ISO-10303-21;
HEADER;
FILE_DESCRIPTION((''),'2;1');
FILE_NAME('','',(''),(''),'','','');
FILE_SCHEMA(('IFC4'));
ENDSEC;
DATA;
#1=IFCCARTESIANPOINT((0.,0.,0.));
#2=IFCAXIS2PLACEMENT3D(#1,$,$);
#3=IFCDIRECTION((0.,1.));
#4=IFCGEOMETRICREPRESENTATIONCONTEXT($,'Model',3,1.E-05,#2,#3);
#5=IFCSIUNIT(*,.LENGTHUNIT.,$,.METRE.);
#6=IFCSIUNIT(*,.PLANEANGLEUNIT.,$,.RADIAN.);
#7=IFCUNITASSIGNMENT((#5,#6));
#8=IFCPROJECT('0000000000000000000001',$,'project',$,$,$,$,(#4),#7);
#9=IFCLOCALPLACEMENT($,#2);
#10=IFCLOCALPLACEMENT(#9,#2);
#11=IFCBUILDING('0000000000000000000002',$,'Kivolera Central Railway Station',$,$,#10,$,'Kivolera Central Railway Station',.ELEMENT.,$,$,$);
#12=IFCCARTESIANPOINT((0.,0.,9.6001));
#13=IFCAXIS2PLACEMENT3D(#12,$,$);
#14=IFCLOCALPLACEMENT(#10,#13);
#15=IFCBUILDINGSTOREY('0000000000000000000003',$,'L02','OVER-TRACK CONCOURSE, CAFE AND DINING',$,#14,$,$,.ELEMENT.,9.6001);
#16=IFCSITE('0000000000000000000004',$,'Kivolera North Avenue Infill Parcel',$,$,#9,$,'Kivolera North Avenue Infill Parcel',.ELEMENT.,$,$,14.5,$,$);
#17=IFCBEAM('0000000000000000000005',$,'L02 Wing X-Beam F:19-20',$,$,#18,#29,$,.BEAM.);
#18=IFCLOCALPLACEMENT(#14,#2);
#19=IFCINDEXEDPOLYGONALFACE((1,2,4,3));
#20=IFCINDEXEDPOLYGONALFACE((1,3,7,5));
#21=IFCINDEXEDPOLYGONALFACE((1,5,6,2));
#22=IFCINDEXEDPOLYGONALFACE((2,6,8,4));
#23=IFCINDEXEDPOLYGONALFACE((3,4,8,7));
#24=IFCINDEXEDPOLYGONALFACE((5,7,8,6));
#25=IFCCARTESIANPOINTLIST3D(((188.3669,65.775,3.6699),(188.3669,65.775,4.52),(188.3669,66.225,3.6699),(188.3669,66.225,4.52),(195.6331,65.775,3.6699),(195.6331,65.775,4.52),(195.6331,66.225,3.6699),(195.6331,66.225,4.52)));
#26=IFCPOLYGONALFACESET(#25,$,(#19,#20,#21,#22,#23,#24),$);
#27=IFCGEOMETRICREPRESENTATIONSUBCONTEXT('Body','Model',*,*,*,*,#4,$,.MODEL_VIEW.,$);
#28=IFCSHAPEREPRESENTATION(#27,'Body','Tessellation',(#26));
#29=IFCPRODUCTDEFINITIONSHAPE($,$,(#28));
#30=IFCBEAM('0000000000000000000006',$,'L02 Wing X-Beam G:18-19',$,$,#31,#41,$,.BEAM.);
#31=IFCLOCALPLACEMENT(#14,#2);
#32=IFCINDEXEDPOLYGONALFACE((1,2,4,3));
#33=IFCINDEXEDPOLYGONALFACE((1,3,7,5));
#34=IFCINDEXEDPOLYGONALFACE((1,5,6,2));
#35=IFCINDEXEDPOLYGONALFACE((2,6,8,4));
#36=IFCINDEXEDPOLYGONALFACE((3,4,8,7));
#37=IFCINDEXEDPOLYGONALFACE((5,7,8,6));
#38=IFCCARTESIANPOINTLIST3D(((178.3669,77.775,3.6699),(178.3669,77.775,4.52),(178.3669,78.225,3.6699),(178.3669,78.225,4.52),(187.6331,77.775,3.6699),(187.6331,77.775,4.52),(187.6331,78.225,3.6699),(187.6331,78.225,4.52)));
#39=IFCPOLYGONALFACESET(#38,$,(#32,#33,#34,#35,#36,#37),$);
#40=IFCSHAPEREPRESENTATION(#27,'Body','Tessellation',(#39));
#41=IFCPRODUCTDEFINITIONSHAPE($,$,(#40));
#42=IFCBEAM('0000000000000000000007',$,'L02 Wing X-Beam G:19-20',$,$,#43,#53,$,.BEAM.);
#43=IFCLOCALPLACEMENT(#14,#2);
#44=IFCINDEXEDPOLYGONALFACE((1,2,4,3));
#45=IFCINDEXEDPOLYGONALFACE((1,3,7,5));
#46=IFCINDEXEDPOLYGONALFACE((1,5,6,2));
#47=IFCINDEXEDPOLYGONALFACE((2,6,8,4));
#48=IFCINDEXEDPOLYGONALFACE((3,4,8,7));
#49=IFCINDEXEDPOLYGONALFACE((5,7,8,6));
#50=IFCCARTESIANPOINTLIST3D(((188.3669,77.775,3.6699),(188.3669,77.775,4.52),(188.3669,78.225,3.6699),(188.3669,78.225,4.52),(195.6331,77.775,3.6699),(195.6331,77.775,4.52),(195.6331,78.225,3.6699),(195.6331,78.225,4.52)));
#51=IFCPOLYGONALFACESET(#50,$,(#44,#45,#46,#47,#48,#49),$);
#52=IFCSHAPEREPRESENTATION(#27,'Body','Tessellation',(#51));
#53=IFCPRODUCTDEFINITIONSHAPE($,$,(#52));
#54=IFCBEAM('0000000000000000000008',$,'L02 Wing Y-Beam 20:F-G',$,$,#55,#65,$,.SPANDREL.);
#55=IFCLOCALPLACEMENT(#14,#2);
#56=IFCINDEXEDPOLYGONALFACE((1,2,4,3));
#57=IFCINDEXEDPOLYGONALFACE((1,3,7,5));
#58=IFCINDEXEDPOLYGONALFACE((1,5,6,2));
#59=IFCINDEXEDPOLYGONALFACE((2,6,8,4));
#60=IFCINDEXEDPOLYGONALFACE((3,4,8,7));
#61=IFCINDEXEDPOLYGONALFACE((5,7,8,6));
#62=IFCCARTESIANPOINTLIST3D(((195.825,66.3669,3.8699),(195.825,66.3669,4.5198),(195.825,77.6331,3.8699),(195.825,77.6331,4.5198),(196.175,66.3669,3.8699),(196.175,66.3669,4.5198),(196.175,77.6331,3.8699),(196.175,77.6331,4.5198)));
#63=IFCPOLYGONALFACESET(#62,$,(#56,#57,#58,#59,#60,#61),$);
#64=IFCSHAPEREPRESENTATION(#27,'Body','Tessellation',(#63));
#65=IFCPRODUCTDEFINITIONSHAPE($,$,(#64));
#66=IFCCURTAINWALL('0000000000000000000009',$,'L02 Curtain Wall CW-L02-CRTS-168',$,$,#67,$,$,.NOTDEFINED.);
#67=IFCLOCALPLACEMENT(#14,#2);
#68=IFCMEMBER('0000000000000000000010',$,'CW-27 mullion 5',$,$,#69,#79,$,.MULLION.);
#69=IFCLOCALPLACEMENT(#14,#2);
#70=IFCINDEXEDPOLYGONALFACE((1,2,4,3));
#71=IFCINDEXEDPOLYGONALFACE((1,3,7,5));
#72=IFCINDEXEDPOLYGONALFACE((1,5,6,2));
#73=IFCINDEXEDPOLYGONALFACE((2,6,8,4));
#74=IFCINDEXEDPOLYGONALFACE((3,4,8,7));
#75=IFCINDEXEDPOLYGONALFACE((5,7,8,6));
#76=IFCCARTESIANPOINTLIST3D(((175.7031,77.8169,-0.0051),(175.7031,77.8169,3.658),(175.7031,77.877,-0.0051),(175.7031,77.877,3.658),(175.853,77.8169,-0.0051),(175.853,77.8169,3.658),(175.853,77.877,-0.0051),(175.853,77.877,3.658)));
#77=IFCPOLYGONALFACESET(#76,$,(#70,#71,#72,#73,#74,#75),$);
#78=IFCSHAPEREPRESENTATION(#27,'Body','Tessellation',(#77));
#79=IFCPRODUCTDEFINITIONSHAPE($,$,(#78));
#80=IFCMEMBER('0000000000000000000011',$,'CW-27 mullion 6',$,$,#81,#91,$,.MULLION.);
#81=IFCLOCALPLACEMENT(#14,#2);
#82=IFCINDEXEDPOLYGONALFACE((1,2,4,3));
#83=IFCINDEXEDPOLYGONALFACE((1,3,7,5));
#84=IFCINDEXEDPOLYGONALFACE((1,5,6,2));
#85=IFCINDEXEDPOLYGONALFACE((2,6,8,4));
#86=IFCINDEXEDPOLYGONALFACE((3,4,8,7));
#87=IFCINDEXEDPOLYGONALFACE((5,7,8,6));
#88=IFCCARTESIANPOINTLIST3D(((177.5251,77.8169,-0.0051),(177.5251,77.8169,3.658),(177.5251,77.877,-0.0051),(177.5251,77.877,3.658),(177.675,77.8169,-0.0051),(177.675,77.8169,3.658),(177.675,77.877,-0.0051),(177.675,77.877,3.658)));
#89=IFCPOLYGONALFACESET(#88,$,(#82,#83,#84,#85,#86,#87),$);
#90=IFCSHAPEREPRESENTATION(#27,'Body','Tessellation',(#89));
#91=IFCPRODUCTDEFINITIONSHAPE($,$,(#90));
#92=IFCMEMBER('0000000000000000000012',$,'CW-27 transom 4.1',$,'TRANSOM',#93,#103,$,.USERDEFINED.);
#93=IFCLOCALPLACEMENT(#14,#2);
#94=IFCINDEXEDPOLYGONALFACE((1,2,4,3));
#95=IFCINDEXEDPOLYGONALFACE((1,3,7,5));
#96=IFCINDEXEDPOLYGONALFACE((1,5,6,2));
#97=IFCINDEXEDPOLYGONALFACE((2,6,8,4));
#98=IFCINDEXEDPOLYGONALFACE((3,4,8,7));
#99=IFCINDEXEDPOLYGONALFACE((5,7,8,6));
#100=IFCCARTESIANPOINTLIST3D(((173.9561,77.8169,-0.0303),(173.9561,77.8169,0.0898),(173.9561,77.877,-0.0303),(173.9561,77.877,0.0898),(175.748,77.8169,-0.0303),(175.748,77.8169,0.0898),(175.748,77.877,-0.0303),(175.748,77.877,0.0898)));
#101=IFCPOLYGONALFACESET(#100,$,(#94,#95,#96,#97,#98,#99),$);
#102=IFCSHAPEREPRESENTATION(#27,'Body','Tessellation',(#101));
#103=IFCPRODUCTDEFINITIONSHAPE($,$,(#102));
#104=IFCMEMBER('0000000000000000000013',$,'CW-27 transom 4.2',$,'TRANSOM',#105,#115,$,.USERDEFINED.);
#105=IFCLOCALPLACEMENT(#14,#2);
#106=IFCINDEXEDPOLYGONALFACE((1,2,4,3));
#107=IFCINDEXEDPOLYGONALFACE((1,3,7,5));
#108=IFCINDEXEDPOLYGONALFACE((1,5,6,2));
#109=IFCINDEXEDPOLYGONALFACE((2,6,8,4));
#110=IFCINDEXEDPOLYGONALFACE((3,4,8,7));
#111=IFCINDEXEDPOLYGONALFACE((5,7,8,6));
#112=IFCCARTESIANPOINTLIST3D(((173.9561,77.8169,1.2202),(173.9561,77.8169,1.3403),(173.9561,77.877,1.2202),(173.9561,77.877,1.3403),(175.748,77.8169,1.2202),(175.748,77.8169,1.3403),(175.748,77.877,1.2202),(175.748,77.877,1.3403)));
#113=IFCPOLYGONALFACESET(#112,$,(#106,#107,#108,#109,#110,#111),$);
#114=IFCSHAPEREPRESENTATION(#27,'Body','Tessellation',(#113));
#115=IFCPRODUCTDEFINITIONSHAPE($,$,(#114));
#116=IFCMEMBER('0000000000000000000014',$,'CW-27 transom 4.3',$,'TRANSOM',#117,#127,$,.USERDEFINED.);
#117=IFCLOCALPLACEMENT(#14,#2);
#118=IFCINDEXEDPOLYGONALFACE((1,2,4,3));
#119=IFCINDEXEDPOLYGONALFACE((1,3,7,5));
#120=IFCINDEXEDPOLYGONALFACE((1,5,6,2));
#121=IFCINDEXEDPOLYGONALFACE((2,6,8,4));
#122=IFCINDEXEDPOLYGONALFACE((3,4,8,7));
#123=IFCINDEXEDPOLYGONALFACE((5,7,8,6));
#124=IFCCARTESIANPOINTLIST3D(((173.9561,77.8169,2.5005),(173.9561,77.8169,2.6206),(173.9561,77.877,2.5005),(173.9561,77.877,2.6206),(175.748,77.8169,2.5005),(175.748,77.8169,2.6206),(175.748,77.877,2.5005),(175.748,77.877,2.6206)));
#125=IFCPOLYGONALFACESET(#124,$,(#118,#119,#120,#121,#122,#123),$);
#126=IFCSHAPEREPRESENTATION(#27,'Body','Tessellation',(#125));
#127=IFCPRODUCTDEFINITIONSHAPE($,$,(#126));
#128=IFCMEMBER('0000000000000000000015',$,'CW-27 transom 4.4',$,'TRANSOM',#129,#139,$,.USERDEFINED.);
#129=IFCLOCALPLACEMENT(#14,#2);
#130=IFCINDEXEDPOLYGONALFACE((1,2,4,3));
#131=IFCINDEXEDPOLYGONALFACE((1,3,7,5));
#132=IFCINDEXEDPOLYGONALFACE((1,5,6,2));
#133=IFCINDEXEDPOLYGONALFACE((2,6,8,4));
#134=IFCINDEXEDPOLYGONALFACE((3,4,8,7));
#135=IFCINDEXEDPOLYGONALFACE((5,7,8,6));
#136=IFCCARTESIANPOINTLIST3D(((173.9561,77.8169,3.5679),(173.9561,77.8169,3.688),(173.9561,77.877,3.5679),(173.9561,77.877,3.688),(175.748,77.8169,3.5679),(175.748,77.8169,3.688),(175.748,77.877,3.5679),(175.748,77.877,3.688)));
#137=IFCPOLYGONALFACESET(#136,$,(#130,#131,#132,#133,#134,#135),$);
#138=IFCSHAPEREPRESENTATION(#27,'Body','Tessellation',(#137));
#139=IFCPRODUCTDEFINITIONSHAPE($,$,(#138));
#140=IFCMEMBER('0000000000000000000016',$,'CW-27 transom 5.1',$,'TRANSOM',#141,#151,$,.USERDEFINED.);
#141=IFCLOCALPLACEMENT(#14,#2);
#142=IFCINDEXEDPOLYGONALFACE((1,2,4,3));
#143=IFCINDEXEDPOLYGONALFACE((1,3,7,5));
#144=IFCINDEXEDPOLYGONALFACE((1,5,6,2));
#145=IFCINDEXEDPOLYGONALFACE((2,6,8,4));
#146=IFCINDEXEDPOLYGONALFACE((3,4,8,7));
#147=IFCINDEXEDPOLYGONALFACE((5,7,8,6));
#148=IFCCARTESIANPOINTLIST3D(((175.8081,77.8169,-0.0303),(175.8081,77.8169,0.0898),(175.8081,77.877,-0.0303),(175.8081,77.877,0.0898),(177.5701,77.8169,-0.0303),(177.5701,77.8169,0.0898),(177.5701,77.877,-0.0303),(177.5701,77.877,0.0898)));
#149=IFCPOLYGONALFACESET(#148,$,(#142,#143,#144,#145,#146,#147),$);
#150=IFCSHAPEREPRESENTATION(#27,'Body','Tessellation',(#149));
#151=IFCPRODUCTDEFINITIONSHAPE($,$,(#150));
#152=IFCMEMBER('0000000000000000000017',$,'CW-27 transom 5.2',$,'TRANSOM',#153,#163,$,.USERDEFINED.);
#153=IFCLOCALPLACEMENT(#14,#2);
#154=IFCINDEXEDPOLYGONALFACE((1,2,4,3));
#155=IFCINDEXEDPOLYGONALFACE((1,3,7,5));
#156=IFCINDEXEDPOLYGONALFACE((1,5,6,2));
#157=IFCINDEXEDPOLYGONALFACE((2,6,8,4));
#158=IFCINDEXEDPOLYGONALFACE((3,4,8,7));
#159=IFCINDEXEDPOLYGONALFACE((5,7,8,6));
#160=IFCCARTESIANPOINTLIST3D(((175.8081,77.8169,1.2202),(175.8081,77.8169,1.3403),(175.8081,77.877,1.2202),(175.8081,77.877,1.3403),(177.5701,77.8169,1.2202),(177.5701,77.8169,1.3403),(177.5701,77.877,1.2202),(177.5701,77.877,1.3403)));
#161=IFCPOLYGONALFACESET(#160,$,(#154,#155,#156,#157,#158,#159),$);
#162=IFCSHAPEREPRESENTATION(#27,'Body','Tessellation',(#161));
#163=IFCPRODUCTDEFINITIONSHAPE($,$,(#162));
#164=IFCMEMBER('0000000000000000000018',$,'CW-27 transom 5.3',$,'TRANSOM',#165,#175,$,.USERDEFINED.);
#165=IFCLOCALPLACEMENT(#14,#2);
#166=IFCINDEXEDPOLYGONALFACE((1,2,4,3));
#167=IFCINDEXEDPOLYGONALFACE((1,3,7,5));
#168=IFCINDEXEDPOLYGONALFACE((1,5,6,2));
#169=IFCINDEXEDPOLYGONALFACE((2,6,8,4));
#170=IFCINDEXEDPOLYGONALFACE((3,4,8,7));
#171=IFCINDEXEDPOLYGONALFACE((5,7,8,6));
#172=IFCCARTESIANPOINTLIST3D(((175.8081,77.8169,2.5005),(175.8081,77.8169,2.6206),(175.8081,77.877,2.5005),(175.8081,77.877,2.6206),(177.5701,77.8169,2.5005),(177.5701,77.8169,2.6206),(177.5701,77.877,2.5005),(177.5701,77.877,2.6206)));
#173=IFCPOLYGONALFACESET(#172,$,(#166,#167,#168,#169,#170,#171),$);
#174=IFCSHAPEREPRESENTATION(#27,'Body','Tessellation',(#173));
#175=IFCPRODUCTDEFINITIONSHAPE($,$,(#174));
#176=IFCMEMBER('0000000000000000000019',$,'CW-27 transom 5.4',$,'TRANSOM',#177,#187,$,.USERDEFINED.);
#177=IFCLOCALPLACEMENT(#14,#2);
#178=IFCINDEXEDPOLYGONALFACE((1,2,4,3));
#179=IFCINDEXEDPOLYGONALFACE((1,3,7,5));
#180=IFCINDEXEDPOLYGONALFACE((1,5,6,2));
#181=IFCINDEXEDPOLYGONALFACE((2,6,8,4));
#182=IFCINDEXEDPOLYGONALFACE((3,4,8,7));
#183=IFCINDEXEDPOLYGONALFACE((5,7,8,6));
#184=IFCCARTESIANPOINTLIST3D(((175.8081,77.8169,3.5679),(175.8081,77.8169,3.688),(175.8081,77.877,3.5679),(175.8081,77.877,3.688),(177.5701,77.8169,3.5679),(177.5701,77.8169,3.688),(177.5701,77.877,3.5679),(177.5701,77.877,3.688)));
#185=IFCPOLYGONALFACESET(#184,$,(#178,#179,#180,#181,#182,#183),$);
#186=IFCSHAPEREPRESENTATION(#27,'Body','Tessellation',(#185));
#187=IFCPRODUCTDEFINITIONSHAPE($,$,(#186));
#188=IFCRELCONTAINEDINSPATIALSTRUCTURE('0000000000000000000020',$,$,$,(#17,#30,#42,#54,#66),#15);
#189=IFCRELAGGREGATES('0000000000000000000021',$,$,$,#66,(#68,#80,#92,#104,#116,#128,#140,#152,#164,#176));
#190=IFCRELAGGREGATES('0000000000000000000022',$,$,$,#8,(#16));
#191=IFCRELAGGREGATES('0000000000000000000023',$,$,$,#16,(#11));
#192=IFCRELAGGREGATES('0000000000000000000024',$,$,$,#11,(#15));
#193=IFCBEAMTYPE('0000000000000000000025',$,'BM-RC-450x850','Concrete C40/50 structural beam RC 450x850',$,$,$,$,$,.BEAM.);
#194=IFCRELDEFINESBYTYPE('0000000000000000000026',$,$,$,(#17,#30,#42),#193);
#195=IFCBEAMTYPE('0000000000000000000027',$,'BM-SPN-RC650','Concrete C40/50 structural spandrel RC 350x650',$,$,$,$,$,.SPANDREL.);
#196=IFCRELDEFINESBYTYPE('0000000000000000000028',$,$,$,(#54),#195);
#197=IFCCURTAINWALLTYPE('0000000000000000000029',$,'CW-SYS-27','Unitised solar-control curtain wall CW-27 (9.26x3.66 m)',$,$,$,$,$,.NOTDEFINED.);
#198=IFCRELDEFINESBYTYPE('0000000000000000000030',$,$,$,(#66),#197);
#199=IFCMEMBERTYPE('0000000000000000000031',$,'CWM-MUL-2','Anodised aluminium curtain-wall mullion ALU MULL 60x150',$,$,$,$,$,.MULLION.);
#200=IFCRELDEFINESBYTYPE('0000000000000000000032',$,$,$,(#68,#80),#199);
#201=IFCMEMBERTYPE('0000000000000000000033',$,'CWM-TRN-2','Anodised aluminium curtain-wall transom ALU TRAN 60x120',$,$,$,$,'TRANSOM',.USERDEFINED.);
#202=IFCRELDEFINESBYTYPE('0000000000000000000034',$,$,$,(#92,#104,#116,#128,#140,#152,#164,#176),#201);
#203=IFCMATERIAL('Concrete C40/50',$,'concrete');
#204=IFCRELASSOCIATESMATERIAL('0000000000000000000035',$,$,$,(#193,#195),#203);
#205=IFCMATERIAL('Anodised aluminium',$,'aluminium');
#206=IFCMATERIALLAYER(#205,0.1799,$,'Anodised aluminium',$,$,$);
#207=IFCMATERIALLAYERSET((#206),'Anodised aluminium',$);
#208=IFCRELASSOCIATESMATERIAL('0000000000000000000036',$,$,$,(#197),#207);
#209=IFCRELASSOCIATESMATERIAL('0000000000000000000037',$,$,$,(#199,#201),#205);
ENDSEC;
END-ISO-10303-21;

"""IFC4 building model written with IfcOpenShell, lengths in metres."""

from ifc_helpers import new_model, si_unit, direction, frame, origin, origin_2d, place, context, subcontext, project, spatial, rectangle, extrude, material, layer, layer_set, material_profile, profile_set, type_object, element, aggregate, save


model = new_model("IFC4")

# Units and contexts
model_context = context("Model", 3, precision=1e-05, world=origin(), true_north=direction((0.0, 1.0)))
body_context = subcontext(model_context, "Body", "Model", "MODEL_VIEW")
ifc_project = project(units=[si_unit("LENGTHUNIT", "METRE"), si_unit("PLANEANGLEUNIT", "RADIAN")], contexts=[model_context])

# Site, building, storey
site_placement = place(None, origin())
site = spatial("IfcSite", under=ifc_project, at=site_placement, Name="Kivolera North Avenue Infill Parcel", LongName="Kivolera North Avenue Infill Parcel", CompositionType="ELEMENT", RefElevation=14.5)
building_placement = place(site_placement, origin())
building = spatial("IfcBuilding", under=site, at=building_placement, Name="Kivolera Central Railway Station", LongName="Kivolera Central Railway Station", CompositionType="ELEMENT")
storey_placement = place(building_placement, frame((0.0, 0.0, 9.6001)))
storey = spatial("IfcBuildingStorey", under=building, at=storey_placement, Name="L02", Description="OVER-TRACK CONCOURSE, CAFE AND DINING", CompositionType="ELEMENT", Elevation=9.6001)

# Shared definitions
ifc_material_1 = material(Name="Concrete C40/50", Category="concrete")

# Beams
ifc_material_profile_1 = material_profile(ifc_material_1, rectangle(XDim=0.45, YDim=0.8501, at=origin_2d()), Name="RC 450x850")
ifc_profile_set_1 = profile_set([ifc_material_profile_1], Name="Concrete C40/50")
beam_type_1 = type_object("IfcBeamType", Name="BM-RC-450x850", Description="Concrete C40/50 structural beam RC 450x850", PredefinedType="BEAM", material=ifc_profile_set_1)
beam_1_placement = place(storey_placement, frame((188.3669, 66.0, 4.095), z_axis=(1.0, 0.0, 0.0), x_axis=(0.0, 1.0, 0.0)))
element("IfcBeam", 1, at=beam_1_placement, inside=storey, type_object=beam_type_1, Name="L02 Wing X-Beam F:19-20", PredefinedType="BEAM", context=body_context, shape_type="SweptSolid", body=[
    extrude(rectangle(XDim=0.45, YDim=0.8501, at=origin_2d()), origin(), (0.0, 0.0, 1.0), 7.2661),
])
beam_2_placement = place(storey_placement, frame((178.3669, 78.0, 4.095), z_axis=(1.0, 0.0, 0.0), x_axis=(0.0, 1.0, 0.0)))
element("IfcBeam", 2, at=beam_2_placement, inside=storey, type_object=beam_type_1, Name="L02 Wing X-Beam G:18-19", PredefinedType="BEAM", context=body_context, shape_type="SweptSolid", body=[
    extrude(rectangle(XDim=0.45, YDim=0.8501, at=origin_2d()), origin(), (0.0, 0.0, 1.0), 9.2661),
])
beam_3_placement = place(storey_placement, frame((188.3669, 78.0, 4.095), z_axis=(1.0, 0.0, 0.0), x_axis=(0.0, 1.0, 0.0)))
element("IfcBeam", 3, at=beam_3_placement, inside=storey, type_object=beam_type_1, Name="L02 Wing X-Beam G:19-20", PredefinedType="BEAM", context=body_context, shape_type="SweptSolid", body=[
    extrude(rectangle(XDim=0.45, YDim=0.8501, at=origin_2d()), origin(), (0.0, 0.0, 1.0), 7.2661),
])
ifc_material_profile_2 = material_profile(ifc_material_1, rectangle(XDim=0.3501, YDim=0.6499, at=origin_2d()), Name="RC 350x650")
ifc_profile_set_2 = profile_set([ifc_material_profile_2], Name="Concrete C40/50")
beam_type_2 = type_object("IfcBeamType", Name="BM-SPN-RC650", Description="Concrete C40/50 structural spandrel RC 350x650", PredefinedType="SPANDREL", material=ifc_profile_set_2)
beam_4_placement = place(storey_placement, frame((196.0, 66.3669, 4.1948), z_axis=(0.0, 1.0, 0.0), x_axis=(-1.0, 0.0, 0.0)))
element("IfcBeam", 4, at=beam_4_placement, inside=storey, type_object=beam_type_2, Name="L02 Wing Y-Beam 20:F-G", PredefinedType="SPANDREL", context=body_context, shape_type="SweptSolid", body=[
    extrude(rectangle(XDim=0.3501, YDim=0.6499, at=origin_2d()), origin(), (0.0, 0.0, 1.0), 11.2661),
])

# Curtain wall, members
ifc_material_2 = material(Name="Anodised aluminium", Category="aluminium")
ifc_layer_1 = layer(ifc_material_2, 0.1799, Name="Anodised aluminium")
ifc_layer_set_1 = layer_set([ifc_layer_1], Name="Anodised aluminium")
curtain_wall_type = type_object("IfcCurtainWallType", Name="CW-SYS-27", Description="Unitised solar-control curtain wall CW-27 (9.26x3.66 m)", PredefinedType="NOTDEFINED", material=ifc_layer_set_1)
curtain_wall_placement = place(storey_placement, origin())
curtain_wall = element("IfcCurtainWall", 5, at=curtain_wall_placement, inside=storey, type_object=curtain_wall_type, Name="L02 Curtain Wall CW-L02-CRTS-168", PredefinedType="NOTDEFINED")
ifc_material_profile_3 = material_profile(ifc_material_2, rectangle(XDim=0.0601, YDim=0.1499, at=origin_2d()), Name="ALU MULL 60x150")
ifc_profile_set_3 = profile_set([ifc_material_profile_3], Name="Anodised aluminium")
member_type_1 = type_object("IfcMemberType", Name="CWM-MUL-2", Description="Anodised aluminium curtain-wall mullion ALU MULL 60x150", PredefinedType="MULLION", material=ifc_profile_set_3)
member_1_placement = place(storey_placement, frame((175.7781, 77.8469, -0.0051), z_axis=(0.0, 0.0, 1.0), x_axis=(0.0, 1.0, 0.0)))
member_1 = element("IfcMember", 6, at=member_1_placement, type_object=member_type_1, Name="CW-27 mullion 5", PredefinedType="MULLION", context=body_context, shape_type="SweptSolid", body=[
    extrude(rectangle(XDim=0.0601, YDim=0.1499, at=origin_2d()), origin(), (0.0, 0.0, 1.0), 3.6631),
])
member_2_placement = place(storey_placement, frame((177.6001, 77.8469, -0.0051), z_axis=(0.0, 0.0, 1.0), x_axis=(0.0, 1.0, 0.0)))
member_2 = element("IfcMember", 7, at=member_2_placement, type_object=member_type_1, Name="CW-27 mullion 6", PredefinedType="MULLION", context=body_context, shape_type="SweptSolid", body=[
    extrude(rectangle(XDim=0.0601, YDim=0.1499, at=origin_2d()), origin(), (0.0, 0.0, 1.0), 3.6631),
])
ifc_material_profile_4 = material_profile(ifc_material_2, rectangle(XDim=0.0601, YDim=0.1201, at=origin_2d()), Name="ALU TRAN 60x120")
ifc_profile_set_4 = profile_set([ifc_material_profile_4], Name="Anodised aluminium")
member_type_2 = type_object("IfcMemberType", Name="CWM-TRN-2", Description="Anodised aluminium curtain-wall transom ALU TRAN 60x120", ElementType="TRANSOM", PredefinedType="USERDEFINED", material=ifc_profile_set_4)
member_3_placement = place(storey_placement, frame((173.9561, 77.8469, 0.0298), z_axis=(1.0, 0.0, 0.0), x_axis=(0.0, 1.0, 0.0)))
member_3 = element("IfcMember", 8, at=member_3_placement, type_object=member_type_2, Name="CW-27 transom 4.1", ObjectType="TRANSOM", PredefinedType="USERDEFINED", context=body_context, shape_type="SweptSolid", body=[
    extrude(rectangle(XDim=0.0601, YDim=0.1201, at=origin_2d()), origin(), (0.0, 0.0, 1.0), 1.792),
])
member_4_placement = place(storey_placement, frame((173.9561, 77.8469, 1.2803), z_axis=(1.0, 0.0, 0.0), x_axis=(0.0, 1.0, 0.0)))
member_4 = element("IfcMember", 9, at=member_4_placement, type_object=member_type_2, Name="CW-27 transom 4.2", ObjectType="TRANSOM", PredefinedType="USERDEFINED", context=body_context, shape_type="SweptSolid", body=[
    extrude(rectangle(XDim=0.0601, YDim=0.1201, at=origin_2d()), origin(), (0.0, 0.0, 1.0), 1.792),
])
member_5_placement = place(storey_placement, frame((173.9561, 77.8469, 2.5605), z_axis=(1.0, 0.0, 0.0), x_axis=(0.0, 1.0, 0.0)))
member_5 = element("IfcMember", 10, at=member_5_placement, type_object=member_type_2, Name="CW-27 transom 4.3", ObjectType="TRANSOM", PredefinedType="USERDEFINED", context=body_context, shape_type="SweptSolid", body=[
    extrude(rectangle(XDim=0.0601, YDim=0.1201, at=origin_2d()), origin(), (0.0, 0.0, 1.0), 1.792),
])
member_6_placement = place(storey_placement, frame((173.9561, 77.8469, 3.6279), z_axis=(1.0, 0.0, 0.0), x_axis=(0.0, 1.0, 0.0)))
member_6 = element("IfcMember", 11, at=member_6_placement, type_object=member_type_2, Name="CW-27 transom 4.4", ObjectType="TRANSOM", PredefinedType="USERDEFINED", context=body_context, shape_type="SweptSolid", body=[
    extrude(rectangle(XDim=0.0601, YDim=0.1201, at=origin_2d()), origin(), (0.0, 0.0, 1.0), 1.792),
])
member_7_placement = place(storey_placement, frame((175.8081, 77.8469, 0.0298), z_axis=(1.0, 0.0, 0.0), x_axis=(0.0, 1.0, 0.0)))
member_7 = element("IfcMember", 12, at=member_7_placement, type_object=member_type_2, Name="CW-27 transom 5.1", ObjectType="TRANSOM", PredefinedType="USERDEFINED", context=body_context, shape_type="SweptSolid", body=[
    extrude(rectangle(XDim=0.0601, YDim=0.1201, at=origin_2d()), origin(), (0.0, 0.0, 1.0), 1.762),
])
member_8_placement = place(storey_placement, frame((175.8081, 77.8469, 1.2803), z_axis=(1.0, 0.0, 0.0), x_axis=(0.0, 1.0, 0.0)))
member_8 = element("IfcMember", 13, at=member_8_placement, type_object=member_type_2, Name="CW-27 transom 5.2", ObjectType="TRANSOM", PredefinedType="USERDEFINED", context=body_context, shape_type="SweptSolid", body=[
    extrude(rectangle(XDim=0.0601, YDim=0.1201, at=origin_2d()), origin(), (0.0, 0.0, 1.0), 1.762),
])
member_9_placement = place(storey_placement, frame((175.8081, 77.8469, 2.5605), z_axis=(1.0, 0.0, 0.0), x_axis=(0.0, 1.0, 0.0)))
member_9 = element("IfcMember", 14, at=member_9_placement, type_object=member_type_2, Name="CW-27 transom 5.3", ObjectType="TRANSOM", PredefinedType="USERDEFINED", context=body_context, shape_type="SweptSolid", body=[
    extrude(rectangle(XDim=0.0601, YDim=0.1201, at=origin_2d()), origin(), (0.0, 0.0, 1.0), 1.762),
])
member_10_placement = place(storey_placement, frame((175.8081, 77.8469, 3.6279), z_axis=(1.0, 0.0, 0.0), x_axis=(0.0, 1.0, 0.0)))
member_10 = element("IfcMember", 15, at=member_10_placement, type_object=member_type_2, Name="CW-27 transom 5.4", ObjectType="TRANSOM", PredefinedType="USERDEFINED", context=body_context, shape_type="SweptSolid", body=[
    extrude(rectangle(XDim=0.0601, YDim=0.1201, at=origin_2d()), origin(), (0.0, 0.0, 1.0), 1.762),
])
aggregate(curtain_wall, [member_1, member_2, member_3, member_4, member_5, member_6, member_7, member_8, member_9, member_10])

save(model, "model.ifc")
